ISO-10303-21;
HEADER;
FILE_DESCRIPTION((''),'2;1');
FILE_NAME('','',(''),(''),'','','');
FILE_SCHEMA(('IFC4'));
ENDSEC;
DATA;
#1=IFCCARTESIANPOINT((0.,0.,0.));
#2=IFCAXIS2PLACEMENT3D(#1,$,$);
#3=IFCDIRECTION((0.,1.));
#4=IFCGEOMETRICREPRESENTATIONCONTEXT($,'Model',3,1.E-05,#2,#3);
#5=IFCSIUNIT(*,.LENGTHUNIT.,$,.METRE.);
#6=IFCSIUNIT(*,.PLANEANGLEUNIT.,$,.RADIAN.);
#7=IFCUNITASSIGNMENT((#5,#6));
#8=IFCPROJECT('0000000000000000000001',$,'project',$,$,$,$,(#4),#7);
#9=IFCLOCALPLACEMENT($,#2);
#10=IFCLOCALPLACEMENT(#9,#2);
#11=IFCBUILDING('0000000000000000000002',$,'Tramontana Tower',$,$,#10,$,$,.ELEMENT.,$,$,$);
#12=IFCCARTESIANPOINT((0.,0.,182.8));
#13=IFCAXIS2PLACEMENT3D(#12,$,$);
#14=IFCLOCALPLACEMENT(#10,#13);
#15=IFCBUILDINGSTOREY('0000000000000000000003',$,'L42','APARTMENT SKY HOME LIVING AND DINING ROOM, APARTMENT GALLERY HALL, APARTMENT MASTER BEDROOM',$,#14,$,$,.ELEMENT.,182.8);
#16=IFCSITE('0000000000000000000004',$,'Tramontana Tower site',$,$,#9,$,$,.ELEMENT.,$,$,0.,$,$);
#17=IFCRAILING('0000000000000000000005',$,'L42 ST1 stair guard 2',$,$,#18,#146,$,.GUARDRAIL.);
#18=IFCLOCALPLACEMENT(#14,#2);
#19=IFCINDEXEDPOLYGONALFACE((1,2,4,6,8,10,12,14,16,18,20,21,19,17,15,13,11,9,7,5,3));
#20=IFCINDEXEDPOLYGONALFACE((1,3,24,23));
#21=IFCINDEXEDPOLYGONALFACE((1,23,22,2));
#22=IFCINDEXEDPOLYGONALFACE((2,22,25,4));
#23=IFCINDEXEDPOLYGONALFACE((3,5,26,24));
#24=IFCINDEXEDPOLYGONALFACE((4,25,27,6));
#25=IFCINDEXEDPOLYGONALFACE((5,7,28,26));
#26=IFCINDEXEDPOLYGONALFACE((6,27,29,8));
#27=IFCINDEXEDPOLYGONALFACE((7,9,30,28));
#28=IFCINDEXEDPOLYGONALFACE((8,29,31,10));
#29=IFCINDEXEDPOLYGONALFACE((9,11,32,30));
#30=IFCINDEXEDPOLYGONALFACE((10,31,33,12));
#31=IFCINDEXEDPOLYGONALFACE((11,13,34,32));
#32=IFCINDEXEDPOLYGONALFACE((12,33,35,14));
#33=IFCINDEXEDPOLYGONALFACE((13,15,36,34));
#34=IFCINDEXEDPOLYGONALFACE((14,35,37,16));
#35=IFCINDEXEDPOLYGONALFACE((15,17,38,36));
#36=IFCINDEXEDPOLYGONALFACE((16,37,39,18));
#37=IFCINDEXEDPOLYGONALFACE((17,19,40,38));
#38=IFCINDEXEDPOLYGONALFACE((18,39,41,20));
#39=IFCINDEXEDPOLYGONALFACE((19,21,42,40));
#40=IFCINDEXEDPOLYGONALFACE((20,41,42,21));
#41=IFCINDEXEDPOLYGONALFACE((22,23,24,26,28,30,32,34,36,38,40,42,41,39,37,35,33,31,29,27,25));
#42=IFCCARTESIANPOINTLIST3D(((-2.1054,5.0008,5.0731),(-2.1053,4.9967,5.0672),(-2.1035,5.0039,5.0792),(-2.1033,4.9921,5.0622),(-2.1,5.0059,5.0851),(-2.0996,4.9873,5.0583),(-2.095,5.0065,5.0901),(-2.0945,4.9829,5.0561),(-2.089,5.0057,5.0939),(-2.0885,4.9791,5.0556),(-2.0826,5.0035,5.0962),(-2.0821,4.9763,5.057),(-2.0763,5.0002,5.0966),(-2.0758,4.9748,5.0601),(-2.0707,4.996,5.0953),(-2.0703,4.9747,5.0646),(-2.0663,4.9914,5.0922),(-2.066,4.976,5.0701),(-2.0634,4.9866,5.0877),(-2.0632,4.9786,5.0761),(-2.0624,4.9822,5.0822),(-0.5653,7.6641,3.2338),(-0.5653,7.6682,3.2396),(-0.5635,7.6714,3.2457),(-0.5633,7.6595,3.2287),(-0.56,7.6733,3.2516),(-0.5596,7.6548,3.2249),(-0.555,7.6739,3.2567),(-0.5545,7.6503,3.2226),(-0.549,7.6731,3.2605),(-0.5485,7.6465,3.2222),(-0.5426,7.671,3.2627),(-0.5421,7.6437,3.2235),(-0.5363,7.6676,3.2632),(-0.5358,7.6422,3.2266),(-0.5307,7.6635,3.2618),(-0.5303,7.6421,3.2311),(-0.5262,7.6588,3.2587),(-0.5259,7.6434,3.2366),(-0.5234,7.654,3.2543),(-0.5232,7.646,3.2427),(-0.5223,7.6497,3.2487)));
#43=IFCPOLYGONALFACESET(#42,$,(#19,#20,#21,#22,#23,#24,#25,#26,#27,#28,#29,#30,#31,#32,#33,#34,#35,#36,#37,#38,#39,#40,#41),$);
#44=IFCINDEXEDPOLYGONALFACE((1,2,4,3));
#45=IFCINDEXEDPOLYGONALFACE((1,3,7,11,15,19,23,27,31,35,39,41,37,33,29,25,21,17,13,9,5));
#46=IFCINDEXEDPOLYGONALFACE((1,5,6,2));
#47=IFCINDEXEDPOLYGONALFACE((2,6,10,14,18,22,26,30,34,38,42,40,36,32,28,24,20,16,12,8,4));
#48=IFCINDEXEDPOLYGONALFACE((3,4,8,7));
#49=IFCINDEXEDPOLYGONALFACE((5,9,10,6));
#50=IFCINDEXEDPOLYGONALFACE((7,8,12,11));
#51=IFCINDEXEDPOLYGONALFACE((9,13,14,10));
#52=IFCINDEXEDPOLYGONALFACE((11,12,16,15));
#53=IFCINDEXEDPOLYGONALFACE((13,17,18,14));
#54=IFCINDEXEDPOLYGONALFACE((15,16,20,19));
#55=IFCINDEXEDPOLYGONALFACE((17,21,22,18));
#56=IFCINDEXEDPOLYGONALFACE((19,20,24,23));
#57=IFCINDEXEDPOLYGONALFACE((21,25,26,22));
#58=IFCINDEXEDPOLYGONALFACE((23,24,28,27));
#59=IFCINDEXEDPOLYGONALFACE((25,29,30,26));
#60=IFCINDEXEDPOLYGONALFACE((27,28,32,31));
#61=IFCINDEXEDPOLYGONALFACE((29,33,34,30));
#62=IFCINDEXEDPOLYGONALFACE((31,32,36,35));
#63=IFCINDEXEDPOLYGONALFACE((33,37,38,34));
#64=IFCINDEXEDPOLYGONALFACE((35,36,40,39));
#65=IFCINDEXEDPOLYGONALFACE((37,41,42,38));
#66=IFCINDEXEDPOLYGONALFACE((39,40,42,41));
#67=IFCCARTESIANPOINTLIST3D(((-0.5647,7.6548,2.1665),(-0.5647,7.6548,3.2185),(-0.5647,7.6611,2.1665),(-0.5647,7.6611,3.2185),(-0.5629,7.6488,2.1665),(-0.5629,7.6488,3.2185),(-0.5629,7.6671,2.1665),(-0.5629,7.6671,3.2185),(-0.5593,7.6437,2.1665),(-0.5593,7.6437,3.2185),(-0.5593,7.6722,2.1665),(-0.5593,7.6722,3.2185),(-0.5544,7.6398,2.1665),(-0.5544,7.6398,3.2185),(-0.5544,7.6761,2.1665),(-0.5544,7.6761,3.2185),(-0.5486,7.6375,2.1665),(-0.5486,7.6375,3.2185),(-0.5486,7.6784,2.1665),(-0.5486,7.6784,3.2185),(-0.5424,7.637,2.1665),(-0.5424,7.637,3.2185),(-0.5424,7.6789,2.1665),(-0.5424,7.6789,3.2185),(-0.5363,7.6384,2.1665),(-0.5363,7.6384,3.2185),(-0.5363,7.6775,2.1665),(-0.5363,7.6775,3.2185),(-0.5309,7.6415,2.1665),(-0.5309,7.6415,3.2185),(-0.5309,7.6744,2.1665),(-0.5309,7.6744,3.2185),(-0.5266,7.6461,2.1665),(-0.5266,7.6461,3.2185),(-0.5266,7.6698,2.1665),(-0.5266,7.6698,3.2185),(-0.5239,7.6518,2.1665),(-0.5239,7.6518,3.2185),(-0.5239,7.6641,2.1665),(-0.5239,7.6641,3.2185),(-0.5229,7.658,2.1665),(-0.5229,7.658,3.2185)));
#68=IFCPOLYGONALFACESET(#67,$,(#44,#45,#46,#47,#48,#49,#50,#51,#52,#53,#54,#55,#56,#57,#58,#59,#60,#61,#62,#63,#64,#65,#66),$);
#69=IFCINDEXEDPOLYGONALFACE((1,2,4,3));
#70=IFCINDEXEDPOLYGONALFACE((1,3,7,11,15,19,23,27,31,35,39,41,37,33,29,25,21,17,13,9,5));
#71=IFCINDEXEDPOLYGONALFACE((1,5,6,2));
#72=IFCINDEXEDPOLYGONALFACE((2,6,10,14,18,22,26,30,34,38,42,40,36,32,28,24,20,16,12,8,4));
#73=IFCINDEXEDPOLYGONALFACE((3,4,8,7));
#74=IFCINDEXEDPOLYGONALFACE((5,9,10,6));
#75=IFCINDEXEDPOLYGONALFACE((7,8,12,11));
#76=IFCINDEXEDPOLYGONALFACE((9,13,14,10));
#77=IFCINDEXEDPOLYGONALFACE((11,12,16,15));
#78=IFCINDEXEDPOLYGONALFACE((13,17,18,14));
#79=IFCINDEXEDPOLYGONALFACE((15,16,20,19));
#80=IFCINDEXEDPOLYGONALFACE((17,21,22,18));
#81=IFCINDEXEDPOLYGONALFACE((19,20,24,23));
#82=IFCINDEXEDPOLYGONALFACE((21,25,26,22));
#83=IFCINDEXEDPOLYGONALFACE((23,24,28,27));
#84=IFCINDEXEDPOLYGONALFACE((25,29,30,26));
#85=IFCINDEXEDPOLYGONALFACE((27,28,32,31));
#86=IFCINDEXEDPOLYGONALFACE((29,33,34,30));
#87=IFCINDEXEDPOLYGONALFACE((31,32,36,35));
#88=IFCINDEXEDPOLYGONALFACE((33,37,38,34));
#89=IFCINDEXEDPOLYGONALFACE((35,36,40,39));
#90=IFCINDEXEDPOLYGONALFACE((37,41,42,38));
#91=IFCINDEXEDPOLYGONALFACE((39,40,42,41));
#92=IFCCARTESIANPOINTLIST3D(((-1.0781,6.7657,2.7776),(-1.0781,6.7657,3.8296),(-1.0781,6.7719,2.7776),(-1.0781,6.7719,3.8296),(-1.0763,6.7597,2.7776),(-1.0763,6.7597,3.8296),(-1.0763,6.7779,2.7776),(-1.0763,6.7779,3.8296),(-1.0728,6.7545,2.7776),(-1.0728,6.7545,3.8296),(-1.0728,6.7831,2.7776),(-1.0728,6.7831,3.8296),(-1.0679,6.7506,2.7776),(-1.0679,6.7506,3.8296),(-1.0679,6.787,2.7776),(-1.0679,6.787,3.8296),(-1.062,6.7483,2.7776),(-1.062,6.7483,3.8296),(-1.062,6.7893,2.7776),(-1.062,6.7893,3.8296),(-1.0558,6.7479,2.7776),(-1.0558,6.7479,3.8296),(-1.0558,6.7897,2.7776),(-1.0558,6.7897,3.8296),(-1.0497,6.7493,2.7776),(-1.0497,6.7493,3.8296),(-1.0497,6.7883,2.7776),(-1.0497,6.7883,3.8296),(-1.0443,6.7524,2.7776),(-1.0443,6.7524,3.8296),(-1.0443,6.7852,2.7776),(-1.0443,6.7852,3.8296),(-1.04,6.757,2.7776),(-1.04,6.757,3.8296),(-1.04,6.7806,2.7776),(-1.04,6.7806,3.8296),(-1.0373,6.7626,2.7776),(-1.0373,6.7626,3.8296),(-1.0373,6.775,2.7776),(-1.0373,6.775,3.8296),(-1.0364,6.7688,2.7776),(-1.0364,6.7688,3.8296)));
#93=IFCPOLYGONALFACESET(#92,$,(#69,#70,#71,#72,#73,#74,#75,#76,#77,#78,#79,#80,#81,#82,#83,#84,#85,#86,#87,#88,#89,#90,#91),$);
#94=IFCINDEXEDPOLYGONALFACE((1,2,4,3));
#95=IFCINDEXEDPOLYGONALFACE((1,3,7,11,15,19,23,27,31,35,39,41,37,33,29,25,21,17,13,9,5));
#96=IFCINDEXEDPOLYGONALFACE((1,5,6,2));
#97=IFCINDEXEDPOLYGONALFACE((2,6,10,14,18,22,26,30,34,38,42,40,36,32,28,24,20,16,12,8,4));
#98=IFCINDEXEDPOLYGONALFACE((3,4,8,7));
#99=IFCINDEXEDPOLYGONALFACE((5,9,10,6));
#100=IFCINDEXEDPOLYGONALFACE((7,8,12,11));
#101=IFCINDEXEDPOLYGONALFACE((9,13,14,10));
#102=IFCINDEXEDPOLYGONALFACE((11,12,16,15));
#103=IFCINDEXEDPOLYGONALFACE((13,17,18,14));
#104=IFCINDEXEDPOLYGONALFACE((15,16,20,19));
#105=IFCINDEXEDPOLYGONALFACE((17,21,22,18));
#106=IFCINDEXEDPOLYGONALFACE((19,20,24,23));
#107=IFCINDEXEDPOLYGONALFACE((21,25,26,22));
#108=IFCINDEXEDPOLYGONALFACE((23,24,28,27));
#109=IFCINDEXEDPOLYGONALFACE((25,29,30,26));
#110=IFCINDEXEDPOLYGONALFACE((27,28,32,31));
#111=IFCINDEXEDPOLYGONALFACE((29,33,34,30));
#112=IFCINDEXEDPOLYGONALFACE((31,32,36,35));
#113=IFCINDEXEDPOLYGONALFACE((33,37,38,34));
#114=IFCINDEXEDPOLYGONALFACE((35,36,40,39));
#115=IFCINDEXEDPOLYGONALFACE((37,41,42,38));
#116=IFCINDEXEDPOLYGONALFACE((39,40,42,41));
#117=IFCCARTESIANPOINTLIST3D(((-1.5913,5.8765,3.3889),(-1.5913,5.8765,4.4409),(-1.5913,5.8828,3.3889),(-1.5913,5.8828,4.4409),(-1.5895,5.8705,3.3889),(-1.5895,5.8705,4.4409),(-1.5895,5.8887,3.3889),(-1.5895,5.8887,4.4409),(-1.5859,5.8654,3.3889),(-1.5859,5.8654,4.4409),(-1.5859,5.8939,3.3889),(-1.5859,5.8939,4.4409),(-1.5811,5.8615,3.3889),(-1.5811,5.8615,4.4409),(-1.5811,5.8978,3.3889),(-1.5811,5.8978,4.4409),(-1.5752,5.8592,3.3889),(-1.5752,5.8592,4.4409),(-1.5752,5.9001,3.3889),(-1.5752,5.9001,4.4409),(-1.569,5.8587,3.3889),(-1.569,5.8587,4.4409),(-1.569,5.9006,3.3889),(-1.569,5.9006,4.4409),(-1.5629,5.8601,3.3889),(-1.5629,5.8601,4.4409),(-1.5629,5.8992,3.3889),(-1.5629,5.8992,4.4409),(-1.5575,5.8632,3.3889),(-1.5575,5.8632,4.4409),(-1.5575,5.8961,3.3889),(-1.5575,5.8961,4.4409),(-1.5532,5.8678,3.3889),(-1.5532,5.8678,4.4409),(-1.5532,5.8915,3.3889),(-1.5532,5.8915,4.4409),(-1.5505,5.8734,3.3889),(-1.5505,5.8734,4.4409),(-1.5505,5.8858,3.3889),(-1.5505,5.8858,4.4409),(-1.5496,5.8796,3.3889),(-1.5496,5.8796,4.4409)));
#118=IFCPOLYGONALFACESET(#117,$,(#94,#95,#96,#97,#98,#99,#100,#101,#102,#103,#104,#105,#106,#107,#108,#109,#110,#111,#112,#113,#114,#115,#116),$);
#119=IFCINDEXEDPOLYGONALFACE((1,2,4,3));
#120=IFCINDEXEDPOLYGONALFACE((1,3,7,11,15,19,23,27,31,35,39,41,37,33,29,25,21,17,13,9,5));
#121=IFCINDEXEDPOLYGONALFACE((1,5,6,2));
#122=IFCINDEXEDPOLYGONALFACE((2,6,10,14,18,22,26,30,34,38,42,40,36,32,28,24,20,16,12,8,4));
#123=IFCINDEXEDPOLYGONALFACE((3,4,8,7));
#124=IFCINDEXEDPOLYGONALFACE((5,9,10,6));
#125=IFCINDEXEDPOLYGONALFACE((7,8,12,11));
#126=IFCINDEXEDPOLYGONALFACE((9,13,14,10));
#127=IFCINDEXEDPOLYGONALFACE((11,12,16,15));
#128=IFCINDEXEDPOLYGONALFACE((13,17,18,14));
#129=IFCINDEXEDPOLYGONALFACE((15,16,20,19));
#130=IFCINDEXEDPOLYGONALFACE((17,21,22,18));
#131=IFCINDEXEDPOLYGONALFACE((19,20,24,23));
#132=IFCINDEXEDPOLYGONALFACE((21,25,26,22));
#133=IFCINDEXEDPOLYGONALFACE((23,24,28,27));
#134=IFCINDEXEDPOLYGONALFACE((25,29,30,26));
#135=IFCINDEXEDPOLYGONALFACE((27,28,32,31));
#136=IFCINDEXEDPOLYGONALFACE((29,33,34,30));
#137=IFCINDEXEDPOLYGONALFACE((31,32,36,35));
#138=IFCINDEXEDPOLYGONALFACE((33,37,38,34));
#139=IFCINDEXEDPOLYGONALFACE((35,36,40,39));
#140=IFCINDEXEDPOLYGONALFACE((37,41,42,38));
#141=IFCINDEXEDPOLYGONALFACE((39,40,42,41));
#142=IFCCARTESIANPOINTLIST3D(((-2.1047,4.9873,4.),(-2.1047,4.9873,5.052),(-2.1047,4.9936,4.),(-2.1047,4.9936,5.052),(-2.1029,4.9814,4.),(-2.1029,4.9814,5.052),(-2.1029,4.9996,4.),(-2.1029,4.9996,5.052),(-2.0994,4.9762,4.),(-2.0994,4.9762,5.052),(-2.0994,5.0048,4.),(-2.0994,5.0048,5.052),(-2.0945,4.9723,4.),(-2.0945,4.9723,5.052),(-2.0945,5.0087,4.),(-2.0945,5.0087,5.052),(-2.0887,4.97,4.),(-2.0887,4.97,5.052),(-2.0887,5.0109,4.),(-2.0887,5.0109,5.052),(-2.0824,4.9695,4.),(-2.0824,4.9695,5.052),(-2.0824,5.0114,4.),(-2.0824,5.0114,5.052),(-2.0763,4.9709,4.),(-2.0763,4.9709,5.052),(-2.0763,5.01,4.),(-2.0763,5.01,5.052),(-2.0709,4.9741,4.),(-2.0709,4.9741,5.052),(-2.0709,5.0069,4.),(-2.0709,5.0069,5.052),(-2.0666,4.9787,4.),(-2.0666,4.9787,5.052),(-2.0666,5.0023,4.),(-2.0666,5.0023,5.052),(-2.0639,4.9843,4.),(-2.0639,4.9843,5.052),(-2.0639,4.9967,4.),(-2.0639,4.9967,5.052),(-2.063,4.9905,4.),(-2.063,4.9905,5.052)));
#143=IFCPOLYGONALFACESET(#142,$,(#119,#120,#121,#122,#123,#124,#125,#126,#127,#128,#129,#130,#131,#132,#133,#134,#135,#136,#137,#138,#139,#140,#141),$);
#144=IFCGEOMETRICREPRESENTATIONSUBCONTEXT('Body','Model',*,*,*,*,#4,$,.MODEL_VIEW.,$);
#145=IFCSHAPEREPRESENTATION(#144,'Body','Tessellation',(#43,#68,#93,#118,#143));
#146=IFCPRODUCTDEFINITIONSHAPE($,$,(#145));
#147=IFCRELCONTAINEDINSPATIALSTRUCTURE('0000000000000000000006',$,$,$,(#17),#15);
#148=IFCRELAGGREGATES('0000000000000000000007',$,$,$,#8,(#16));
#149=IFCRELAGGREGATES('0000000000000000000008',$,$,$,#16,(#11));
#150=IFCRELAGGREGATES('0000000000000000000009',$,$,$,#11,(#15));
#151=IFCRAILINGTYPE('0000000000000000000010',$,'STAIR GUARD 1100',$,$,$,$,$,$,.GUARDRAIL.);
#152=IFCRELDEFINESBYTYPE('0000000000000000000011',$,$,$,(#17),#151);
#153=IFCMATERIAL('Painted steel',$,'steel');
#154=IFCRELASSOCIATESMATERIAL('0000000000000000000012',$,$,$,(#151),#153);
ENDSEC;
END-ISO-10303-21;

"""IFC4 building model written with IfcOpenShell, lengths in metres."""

from ifc_helpers import new_model, si_unit, direction, frame, origin, origin_2d, place, context, subcontext, project, spatial, circle, extrude, material, type_object, element, save


model = new_model("IFC4")

# Units and contexts
model_context = context("Model", 3, precision=1e-05, world=origin(), true_north=direction((0.0, 1.0)))
body_context = subcontext(model_context, "Body", "Model", "MODEL_VIEW")
ifc_project = project(units=[si_unit("LENGTHUNIT", "METRE"), si_unit("PLANEANGLEUNIT", "RADIAN")], contexts=[model_context])

# Site, building, storey
site_placement = place(None, origin())
site = spatial("IfcSite", under=ifc_project, at=site_placement, Name="Tramontana Tower site", CompositionType="ELEMENT", RefElevation=0.0)
building_placement = place(site_placement, origin())
building = spatial("IfcBuilding", under=site, at=building_placement, Name="Tramontana Tower", CompositionType="ELEMENT")
storey_placement = place(building_placement, frame((0.0, 0.0, 182.8)))
storey = spatial("IfcBuildingStorey", under=building, at=storey_placement, Name="L42", Description="APARTMENT SKY HOME LIVING AND DINING ROOM, APARTMENT GALLERY HALL, APARTMENT MASTER BEDROOM", CompositionType="ELEMENT", Elevation=182.8)

# Railing
ifc_material_1 = material(Name="Painted steel", Category="steel")
railing_type = type_object("IfcRailingType", Name="STAIR GUARD 1100", PredefinedType="GUARDRAIL", material=ifc_material_1)
railing_1_placement = place(storey_placement, frame((-0.5439, 7.658, 2.1665)))
element("IfcRailing", 1, at=railing_1_placement, inside=storey, type_object=railing_type, Name="L42 ST1 stair guard 2", PredefinedType="GUARDRAIL", context=body_context, shape_type="SweptSolid", body=[
    extrude(circle(Radius=0.0239, at=origin_2d()), frame((0.0, 0.0, 1.0762), z_axis=(-0.429634, -0.744164, 0.511502), x_axis=(0.86603, -0.499992, 0.0)), (0.0, 0.0, 1.0), 3.5845),
    extrude(circle(Radius=0.021, at=origin_2d()), origin(), (0.0, 0.0, 1.0), 1.052),
    extrude(circle(Radius=0.021, at=origin_2d()), frame((-0.5134, -0.8892, 0.6111)), (0.0, 0.0, 1.0), 1.052),
    extrude(circle(Radius=0.021, at=origin_2d()), frame((-1.0266, -1.7783, 1.2224)), (0.0, 0.0, 1.0), 1.052),
    extrude(circle(Radius=0.021, at=origin_2d()), frame((-1.54, -2.6675, 1.8335)), (0.0, 0.0, 1.0), 1.052),
])

save(model, "model.ifc")
